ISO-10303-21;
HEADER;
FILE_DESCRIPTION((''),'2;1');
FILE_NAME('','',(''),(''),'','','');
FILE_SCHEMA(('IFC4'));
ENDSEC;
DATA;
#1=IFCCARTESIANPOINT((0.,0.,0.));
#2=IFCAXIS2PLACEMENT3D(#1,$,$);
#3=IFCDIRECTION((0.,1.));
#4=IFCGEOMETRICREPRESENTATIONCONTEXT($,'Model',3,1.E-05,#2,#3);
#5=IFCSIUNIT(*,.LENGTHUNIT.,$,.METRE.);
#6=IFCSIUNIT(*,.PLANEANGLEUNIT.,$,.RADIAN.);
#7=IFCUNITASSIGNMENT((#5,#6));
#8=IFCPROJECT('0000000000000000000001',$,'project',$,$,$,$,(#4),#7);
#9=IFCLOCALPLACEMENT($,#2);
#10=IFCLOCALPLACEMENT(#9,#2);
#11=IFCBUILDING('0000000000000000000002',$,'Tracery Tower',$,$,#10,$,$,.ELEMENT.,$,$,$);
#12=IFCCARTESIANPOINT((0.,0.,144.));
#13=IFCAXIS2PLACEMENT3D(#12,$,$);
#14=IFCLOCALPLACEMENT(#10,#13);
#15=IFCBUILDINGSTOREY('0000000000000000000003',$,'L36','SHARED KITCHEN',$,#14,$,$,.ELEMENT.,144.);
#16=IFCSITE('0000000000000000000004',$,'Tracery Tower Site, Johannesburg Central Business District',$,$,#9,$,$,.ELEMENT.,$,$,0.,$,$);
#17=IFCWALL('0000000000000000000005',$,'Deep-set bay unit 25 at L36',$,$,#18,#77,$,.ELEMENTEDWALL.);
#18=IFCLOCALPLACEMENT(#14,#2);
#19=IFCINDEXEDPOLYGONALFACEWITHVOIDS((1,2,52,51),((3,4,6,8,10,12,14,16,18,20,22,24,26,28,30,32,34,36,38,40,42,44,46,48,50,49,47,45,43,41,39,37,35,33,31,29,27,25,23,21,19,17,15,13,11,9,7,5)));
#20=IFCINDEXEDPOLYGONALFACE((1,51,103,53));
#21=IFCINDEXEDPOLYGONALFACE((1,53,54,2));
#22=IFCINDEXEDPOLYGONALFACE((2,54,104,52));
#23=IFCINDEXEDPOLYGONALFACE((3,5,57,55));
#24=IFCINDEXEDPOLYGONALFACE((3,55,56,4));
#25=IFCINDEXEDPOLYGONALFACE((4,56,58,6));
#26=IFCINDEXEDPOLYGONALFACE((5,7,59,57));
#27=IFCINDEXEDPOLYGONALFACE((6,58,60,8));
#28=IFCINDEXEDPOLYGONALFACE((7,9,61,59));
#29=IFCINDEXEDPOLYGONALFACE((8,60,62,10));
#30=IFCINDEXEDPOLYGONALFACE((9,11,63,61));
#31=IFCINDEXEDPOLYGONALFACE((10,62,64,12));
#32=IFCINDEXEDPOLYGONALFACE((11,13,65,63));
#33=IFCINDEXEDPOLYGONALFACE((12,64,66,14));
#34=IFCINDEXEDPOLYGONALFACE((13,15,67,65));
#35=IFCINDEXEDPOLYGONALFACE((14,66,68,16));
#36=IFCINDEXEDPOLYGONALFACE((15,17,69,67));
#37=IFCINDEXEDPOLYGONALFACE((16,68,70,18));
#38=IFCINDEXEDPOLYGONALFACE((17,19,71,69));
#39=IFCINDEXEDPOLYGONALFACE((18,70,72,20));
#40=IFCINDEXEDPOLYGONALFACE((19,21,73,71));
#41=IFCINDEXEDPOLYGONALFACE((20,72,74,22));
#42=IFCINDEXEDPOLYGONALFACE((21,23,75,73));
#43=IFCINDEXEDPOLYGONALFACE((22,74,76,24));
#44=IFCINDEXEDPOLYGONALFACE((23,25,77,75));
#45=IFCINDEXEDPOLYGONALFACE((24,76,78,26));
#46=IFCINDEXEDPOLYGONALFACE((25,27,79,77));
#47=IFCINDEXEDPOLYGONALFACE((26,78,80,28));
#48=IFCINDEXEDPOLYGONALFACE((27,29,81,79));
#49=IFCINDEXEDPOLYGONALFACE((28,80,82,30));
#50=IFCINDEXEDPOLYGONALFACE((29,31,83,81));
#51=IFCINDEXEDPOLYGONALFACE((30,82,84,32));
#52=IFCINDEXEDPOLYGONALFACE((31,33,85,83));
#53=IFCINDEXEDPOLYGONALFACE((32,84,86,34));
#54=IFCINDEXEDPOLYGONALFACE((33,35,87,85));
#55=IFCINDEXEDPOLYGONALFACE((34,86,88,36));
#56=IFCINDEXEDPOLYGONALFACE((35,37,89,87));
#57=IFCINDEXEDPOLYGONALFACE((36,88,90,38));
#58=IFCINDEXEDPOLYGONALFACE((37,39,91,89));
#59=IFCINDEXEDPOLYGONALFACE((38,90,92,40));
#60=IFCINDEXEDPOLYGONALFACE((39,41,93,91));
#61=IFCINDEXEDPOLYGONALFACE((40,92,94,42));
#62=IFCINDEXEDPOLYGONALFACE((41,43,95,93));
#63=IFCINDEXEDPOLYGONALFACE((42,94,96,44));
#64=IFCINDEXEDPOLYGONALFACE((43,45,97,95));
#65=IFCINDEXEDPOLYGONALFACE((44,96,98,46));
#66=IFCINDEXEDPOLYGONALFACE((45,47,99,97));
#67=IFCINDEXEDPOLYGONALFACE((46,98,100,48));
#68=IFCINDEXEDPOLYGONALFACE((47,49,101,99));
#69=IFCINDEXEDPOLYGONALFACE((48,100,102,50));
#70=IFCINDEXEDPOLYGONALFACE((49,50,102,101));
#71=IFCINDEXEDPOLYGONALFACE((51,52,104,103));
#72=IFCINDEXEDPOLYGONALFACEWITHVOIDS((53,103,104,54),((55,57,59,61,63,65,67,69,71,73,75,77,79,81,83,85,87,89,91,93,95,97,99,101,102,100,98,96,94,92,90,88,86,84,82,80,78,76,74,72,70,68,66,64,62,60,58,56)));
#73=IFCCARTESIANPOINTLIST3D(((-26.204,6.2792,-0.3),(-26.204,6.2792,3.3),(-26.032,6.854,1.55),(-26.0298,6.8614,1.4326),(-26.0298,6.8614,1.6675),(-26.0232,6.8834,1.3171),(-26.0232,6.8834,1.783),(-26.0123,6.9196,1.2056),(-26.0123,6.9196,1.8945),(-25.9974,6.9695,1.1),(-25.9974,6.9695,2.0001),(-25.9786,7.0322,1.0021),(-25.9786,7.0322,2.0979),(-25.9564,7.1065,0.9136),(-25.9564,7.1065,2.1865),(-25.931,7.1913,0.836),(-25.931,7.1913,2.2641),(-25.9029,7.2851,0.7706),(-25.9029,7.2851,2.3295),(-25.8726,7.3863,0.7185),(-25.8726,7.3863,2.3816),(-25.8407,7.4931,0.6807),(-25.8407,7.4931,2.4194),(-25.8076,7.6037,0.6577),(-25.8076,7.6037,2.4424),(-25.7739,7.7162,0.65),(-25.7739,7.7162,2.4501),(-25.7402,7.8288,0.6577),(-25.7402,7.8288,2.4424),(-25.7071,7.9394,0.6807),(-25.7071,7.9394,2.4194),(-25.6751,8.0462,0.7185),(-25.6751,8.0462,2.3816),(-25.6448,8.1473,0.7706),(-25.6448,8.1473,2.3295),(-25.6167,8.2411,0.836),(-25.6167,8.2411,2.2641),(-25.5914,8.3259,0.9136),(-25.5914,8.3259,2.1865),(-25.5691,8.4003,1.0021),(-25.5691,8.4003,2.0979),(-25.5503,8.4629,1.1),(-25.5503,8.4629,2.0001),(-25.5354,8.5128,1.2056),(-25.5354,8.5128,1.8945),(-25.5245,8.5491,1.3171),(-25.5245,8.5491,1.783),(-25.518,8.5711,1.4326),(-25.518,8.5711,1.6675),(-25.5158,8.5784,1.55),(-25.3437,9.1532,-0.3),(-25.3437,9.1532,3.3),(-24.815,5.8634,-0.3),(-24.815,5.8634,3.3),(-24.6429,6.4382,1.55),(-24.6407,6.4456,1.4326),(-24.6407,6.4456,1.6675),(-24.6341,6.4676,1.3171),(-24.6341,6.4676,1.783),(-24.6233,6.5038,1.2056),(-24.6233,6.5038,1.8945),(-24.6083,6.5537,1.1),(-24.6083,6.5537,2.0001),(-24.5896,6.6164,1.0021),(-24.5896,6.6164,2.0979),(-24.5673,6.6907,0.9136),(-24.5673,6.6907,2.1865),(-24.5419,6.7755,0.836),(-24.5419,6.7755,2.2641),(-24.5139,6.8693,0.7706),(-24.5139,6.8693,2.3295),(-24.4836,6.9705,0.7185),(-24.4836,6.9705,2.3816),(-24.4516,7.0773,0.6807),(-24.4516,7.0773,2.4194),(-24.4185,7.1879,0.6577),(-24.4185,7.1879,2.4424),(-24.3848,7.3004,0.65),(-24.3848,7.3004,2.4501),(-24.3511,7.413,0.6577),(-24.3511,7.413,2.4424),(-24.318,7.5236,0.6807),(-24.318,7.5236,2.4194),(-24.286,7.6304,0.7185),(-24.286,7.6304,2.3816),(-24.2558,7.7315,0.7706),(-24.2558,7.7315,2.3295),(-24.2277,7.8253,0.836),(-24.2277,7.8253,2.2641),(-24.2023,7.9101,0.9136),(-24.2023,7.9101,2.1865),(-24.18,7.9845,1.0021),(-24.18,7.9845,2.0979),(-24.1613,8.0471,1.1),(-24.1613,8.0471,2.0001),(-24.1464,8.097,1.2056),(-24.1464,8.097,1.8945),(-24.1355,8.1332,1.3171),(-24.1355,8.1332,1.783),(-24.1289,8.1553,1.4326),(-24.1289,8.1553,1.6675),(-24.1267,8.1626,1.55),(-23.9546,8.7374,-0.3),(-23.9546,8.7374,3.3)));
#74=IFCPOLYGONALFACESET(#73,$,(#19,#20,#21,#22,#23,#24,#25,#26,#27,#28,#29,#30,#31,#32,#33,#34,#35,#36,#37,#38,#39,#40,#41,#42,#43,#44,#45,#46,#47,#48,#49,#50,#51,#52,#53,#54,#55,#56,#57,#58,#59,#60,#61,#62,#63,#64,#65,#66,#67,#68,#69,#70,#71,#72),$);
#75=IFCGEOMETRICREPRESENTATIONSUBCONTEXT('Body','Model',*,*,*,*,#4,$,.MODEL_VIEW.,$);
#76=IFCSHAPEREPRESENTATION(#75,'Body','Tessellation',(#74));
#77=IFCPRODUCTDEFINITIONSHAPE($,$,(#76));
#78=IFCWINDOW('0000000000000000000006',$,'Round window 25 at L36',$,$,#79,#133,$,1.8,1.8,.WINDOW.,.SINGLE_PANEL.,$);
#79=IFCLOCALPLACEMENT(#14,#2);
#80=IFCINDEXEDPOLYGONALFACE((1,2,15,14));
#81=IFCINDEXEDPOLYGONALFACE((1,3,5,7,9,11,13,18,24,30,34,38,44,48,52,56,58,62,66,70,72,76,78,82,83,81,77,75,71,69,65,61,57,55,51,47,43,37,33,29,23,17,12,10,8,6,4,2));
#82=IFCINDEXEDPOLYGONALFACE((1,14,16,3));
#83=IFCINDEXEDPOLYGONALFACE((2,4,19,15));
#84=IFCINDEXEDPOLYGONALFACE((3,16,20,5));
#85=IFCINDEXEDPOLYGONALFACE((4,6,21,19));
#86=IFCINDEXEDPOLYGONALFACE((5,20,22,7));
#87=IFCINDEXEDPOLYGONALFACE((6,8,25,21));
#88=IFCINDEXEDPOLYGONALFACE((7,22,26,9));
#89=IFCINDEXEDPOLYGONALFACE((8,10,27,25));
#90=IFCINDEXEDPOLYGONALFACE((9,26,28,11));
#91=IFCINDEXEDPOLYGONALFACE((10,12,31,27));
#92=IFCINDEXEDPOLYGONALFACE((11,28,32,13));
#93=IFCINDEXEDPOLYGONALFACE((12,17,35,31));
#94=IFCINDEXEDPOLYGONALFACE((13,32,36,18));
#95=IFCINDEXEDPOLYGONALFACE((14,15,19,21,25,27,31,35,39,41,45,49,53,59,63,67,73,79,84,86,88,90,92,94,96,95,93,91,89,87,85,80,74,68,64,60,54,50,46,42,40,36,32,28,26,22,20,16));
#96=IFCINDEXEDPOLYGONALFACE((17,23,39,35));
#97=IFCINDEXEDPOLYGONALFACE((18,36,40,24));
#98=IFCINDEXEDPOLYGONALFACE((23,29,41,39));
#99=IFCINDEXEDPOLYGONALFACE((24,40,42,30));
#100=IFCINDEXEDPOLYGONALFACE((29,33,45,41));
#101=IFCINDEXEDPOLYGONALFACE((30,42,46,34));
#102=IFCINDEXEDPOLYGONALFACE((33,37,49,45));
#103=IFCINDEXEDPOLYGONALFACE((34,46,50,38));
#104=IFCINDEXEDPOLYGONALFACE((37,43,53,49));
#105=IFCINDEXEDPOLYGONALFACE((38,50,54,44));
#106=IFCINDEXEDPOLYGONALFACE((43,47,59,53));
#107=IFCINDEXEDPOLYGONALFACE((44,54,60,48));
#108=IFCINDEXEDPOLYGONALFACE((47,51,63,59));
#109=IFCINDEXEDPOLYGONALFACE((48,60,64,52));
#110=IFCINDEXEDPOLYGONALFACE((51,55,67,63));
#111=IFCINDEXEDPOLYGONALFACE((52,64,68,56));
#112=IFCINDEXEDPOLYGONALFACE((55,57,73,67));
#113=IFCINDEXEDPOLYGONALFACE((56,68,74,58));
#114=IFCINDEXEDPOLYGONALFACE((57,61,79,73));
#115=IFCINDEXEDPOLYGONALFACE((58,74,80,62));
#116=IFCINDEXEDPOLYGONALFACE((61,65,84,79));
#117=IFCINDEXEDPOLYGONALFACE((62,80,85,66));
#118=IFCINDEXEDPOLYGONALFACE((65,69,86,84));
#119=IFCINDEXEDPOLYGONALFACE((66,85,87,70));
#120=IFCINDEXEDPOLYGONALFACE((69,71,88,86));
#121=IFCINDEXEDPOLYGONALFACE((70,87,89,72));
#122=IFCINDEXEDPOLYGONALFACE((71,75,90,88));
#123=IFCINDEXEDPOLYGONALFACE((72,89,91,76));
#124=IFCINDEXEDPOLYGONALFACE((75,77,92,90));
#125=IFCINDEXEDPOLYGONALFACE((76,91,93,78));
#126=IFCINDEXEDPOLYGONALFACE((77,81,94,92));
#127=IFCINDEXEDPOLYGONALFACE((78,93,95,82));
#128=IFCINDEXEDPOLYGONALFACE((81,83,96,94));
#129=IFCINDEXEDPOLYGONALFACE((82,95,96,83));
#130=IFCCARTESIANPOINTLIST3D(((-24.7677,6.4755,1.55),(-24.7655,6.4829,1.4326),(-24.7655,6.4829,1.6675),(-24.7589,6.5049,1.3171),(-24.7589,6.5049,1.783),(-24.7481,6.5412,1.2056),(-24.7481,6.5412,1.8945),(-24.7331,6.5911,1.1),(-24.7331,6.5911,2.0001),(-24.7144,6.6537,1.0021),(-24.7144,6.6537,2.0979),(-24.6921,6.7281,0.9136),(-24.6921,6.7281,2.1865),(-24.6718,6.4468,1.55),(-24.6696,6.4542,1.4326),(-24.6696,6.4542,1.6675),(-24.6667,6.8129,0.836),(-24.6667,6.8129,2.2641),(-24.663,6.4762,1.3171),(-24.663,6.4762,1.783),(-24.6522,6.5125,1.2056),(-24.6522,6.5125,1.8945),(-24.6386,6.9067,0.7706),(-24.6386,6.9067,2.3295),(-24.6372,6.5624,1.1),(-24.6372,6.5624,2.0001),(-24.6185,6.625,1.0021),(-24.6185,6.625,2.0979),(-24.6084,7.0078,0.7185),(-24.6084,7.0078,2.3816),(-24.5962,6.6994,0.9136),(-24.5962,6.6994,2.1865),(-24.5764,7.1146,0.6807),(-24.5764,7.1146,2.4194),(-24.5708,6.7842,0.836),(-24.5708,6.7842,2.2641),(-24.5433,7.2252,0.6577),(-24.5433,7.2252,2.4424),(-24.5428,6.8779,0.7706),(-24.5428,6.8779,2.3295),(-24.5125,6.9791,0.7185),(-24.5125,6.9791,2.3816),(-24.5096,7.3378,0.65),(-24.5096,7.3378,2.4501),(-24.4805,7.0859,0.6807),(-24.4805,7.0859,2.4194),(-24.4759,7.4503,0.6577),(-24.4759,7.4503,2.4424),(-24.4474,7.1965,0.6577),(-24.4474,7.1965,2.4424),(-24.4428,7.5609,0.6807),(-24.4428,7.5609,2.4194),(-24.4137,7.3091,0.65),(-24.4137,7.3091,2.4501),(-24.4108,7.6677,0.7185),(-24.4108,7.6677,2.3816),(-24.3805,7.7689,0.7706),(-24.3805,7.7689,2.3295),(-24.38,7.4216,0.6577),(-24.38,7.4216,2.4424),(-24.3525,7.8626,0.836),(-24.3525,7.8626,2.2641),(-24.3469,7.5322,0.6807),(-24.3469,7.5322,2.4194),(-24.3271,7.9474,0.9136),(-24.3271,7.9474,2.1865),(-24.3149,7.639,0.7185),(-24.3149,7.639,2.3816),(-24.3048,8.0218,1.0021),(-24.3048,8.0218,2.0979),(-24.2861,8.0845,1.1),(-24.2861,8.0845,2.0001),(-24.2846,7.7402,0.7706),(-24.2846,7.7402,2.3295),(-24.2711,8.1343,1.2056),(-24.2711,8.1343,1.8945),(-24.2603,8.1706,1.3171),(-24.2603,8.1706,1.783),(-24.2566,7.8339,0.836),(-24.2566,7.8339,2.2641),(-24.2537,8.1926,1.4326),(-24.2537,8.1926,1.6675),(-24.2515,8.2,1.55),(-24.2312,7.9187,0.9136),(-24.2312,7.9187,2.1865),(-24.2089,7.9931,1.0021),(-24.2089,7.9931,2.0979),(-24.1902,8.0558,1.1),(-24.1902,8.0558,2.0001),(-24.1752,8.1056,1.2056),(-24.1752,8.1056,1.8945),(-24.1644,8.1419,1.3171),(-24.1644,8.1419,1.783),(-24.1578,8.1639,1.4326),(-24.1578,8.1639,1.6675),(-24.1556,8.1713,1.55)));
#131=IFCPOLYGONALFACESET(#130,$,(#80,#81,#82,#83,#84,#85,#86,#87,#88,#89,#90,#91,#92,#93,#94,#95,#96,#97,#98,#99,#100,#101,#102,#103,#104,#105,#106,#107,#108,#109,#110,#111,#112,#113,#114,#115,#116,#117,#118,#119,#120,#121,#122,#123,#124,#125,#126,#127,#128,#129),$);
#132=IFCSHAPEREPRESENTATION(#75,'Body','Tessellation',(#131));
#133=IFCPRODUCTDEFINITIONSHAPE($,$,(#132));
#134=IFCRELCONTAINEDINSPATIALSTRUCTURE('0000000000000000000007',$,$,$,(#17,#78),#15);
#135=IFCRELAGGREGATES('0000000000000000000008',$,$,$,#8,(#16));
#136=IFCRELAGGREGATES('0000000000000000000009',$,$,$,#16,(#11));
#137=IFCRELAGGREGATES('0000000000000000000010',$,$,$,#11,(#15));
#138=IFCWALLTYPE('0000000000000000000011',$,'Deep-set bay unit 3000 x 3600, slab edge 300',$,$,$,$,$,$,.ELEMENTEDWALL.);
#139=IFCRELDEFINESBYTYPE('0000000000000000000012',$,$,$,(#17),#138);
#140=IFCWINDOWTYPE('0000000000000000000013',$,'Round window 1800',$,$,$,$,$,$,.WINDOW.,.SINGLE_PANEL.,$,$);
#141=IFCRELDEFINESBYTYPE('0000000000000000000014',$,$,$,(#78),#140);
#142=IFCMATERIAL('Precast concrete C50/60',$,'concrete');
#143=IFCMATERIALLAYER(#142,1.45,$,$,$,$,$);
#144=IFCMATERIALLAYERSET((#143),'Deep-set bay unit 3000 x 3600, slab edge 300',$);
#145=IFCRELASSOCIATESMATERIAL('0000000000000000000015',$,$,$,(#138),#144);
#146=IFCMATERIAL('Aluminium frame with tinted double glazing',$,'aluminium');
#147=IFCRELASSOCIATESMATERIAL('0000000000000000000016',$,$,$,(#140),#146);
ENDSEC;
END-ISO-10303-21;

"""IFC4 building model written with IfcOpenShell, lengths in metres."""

from ifc_helpers import new_model, si_unit, direction, frame, frame_2d, origin, origin_2d, place, context, subcontext, project, spatial, rectangle, circle, extrude, material, layer, layer_set, type_object, element, fill, save


model = new_model("IFC4")

# Units and contexts
model_context = context("Model", 3, precision=1e-05, world=origin(), true_north=direction((0.0, 1.0)))
body_context = subcontext(model_context, "Body", "Model", "MODEL_VIEW")
ifc_project = project(units=[si_unit("LENGTHUNIT", "METRE"), si_unit("PLANEANGLEUNIT", "RADIAN")], contexts=[model_context])

# Site, building, storey
site_placement = place(None, origin())
site = spatial("IfcSite", under=ifc_project, at=site_placement, Name="Tracery Tower Site, Johannesburg Central Business District", CompositionType="ELEMENT", RefElevation=0.0)
building_placement = place(site_placement, origin())
building = spatial("IfcBuilding", under=site, at=building_placement, Name="Tracery Tower", CompositionType="ELEMENT")
storey_placement = place(building_placement, frame((0.0, 0.0, 144.0)))
storey = spatial("IfcBuildingStorey", under=building, at=storey_placement, Name="L36", Description="SHARED KITCHEN", CompositionType="ELEMENT", Elevation=144.0)

# Wall, opening, window
ifc_material_1 = material(Name="Precast concrete C50/60", Category="concrete")
ifc_layer_1 = layer(ifc_material_1, 1.45)
ifc_layer_set_1 = layer_set([ifc_layer_1], Name="Deep-set bay unit 3000 x 3600, slab edge 300")
wall_type_1 = type_object("IfcWallType", Name="Deep-set bay unit 3000 x 3600, slab edge 300", PredefinedType="ELEMENTEDWALL", material=ifc_layer_set_1)
wall_1_placement = place(storey_placement, frame((-24.6492, 8.9453, -0.3), z_axis=(0.0, 0.0, 1.0), x_axis=(-0.28678, -0.957996, 0.0)))
wall_1 = element("IfcWall", 1, at=wall_1_placement, inside=storey, type_object=wall_type_1, Name="Deep-set bay unit 25 at L36", PredefinedType="ELEMENTEDWALL", context=body_context, shape_type="SweptSolid", body=[
    extrude(rectangle(XDim=3.0, YDim=1.45, at=frame_2d((1.5, 0.0))), origin(), (0.0, 0.0, 1.0), 3.6001),
])
opening_1_placement = place(wall_1_placement, frame((1.5, 0.0, 1.8501)))
opening_1 = element("IfcOpeningElement", 2, at=opening_1_placement, cuts=wall_1, PredefinedType="OPENING", context=body_context, shape_type="SweptSolid", body=[
    extrude(circle(Radius=0.9, at=origin_2d()), frame((0.0, 0.7349, 0.0), z_axis=(0.0, -1.0, 0.0), x_axis=(1.0, 0.0, 0.0)), (0.0, 0.0, 1.0), 1.47),
])
ifc_material_2 = material(Name="Aluminium frame with tinted double glazing", Category="aluminium")
window_type = type_object("IfcWindowType", Name="Round window 1800", PartitioningType="SINGLE_PANEL", PredefinedType="WINDOW", material=ifc_material_2)
window_1_placement = place(opening_1_placement, origin())
window_1 = element("IfcWindow", 3, at=window_1_placement, inside=storey, type_object=window_type, Name="Round window 25 at L36", OverallHeight=1.8, OverallWidth=1.8, PartitioningType="SINGLE_PANEL", PredefinedType="WINDOW", context=body_context, shape_type="SweptSolid", body=[
    extrude(circle(Radius=0.9, at=origin_2d()), frame((0.0, 0.6948, 0.0), z_axis=(0.0, -1.0, 0.0), x_axis=(1.0, 0.0, 0.0)), (0.0, 0.0, 1.0), 0.1001),
])
fill(opening_1, window_1)

save(model, "model.ifc")
